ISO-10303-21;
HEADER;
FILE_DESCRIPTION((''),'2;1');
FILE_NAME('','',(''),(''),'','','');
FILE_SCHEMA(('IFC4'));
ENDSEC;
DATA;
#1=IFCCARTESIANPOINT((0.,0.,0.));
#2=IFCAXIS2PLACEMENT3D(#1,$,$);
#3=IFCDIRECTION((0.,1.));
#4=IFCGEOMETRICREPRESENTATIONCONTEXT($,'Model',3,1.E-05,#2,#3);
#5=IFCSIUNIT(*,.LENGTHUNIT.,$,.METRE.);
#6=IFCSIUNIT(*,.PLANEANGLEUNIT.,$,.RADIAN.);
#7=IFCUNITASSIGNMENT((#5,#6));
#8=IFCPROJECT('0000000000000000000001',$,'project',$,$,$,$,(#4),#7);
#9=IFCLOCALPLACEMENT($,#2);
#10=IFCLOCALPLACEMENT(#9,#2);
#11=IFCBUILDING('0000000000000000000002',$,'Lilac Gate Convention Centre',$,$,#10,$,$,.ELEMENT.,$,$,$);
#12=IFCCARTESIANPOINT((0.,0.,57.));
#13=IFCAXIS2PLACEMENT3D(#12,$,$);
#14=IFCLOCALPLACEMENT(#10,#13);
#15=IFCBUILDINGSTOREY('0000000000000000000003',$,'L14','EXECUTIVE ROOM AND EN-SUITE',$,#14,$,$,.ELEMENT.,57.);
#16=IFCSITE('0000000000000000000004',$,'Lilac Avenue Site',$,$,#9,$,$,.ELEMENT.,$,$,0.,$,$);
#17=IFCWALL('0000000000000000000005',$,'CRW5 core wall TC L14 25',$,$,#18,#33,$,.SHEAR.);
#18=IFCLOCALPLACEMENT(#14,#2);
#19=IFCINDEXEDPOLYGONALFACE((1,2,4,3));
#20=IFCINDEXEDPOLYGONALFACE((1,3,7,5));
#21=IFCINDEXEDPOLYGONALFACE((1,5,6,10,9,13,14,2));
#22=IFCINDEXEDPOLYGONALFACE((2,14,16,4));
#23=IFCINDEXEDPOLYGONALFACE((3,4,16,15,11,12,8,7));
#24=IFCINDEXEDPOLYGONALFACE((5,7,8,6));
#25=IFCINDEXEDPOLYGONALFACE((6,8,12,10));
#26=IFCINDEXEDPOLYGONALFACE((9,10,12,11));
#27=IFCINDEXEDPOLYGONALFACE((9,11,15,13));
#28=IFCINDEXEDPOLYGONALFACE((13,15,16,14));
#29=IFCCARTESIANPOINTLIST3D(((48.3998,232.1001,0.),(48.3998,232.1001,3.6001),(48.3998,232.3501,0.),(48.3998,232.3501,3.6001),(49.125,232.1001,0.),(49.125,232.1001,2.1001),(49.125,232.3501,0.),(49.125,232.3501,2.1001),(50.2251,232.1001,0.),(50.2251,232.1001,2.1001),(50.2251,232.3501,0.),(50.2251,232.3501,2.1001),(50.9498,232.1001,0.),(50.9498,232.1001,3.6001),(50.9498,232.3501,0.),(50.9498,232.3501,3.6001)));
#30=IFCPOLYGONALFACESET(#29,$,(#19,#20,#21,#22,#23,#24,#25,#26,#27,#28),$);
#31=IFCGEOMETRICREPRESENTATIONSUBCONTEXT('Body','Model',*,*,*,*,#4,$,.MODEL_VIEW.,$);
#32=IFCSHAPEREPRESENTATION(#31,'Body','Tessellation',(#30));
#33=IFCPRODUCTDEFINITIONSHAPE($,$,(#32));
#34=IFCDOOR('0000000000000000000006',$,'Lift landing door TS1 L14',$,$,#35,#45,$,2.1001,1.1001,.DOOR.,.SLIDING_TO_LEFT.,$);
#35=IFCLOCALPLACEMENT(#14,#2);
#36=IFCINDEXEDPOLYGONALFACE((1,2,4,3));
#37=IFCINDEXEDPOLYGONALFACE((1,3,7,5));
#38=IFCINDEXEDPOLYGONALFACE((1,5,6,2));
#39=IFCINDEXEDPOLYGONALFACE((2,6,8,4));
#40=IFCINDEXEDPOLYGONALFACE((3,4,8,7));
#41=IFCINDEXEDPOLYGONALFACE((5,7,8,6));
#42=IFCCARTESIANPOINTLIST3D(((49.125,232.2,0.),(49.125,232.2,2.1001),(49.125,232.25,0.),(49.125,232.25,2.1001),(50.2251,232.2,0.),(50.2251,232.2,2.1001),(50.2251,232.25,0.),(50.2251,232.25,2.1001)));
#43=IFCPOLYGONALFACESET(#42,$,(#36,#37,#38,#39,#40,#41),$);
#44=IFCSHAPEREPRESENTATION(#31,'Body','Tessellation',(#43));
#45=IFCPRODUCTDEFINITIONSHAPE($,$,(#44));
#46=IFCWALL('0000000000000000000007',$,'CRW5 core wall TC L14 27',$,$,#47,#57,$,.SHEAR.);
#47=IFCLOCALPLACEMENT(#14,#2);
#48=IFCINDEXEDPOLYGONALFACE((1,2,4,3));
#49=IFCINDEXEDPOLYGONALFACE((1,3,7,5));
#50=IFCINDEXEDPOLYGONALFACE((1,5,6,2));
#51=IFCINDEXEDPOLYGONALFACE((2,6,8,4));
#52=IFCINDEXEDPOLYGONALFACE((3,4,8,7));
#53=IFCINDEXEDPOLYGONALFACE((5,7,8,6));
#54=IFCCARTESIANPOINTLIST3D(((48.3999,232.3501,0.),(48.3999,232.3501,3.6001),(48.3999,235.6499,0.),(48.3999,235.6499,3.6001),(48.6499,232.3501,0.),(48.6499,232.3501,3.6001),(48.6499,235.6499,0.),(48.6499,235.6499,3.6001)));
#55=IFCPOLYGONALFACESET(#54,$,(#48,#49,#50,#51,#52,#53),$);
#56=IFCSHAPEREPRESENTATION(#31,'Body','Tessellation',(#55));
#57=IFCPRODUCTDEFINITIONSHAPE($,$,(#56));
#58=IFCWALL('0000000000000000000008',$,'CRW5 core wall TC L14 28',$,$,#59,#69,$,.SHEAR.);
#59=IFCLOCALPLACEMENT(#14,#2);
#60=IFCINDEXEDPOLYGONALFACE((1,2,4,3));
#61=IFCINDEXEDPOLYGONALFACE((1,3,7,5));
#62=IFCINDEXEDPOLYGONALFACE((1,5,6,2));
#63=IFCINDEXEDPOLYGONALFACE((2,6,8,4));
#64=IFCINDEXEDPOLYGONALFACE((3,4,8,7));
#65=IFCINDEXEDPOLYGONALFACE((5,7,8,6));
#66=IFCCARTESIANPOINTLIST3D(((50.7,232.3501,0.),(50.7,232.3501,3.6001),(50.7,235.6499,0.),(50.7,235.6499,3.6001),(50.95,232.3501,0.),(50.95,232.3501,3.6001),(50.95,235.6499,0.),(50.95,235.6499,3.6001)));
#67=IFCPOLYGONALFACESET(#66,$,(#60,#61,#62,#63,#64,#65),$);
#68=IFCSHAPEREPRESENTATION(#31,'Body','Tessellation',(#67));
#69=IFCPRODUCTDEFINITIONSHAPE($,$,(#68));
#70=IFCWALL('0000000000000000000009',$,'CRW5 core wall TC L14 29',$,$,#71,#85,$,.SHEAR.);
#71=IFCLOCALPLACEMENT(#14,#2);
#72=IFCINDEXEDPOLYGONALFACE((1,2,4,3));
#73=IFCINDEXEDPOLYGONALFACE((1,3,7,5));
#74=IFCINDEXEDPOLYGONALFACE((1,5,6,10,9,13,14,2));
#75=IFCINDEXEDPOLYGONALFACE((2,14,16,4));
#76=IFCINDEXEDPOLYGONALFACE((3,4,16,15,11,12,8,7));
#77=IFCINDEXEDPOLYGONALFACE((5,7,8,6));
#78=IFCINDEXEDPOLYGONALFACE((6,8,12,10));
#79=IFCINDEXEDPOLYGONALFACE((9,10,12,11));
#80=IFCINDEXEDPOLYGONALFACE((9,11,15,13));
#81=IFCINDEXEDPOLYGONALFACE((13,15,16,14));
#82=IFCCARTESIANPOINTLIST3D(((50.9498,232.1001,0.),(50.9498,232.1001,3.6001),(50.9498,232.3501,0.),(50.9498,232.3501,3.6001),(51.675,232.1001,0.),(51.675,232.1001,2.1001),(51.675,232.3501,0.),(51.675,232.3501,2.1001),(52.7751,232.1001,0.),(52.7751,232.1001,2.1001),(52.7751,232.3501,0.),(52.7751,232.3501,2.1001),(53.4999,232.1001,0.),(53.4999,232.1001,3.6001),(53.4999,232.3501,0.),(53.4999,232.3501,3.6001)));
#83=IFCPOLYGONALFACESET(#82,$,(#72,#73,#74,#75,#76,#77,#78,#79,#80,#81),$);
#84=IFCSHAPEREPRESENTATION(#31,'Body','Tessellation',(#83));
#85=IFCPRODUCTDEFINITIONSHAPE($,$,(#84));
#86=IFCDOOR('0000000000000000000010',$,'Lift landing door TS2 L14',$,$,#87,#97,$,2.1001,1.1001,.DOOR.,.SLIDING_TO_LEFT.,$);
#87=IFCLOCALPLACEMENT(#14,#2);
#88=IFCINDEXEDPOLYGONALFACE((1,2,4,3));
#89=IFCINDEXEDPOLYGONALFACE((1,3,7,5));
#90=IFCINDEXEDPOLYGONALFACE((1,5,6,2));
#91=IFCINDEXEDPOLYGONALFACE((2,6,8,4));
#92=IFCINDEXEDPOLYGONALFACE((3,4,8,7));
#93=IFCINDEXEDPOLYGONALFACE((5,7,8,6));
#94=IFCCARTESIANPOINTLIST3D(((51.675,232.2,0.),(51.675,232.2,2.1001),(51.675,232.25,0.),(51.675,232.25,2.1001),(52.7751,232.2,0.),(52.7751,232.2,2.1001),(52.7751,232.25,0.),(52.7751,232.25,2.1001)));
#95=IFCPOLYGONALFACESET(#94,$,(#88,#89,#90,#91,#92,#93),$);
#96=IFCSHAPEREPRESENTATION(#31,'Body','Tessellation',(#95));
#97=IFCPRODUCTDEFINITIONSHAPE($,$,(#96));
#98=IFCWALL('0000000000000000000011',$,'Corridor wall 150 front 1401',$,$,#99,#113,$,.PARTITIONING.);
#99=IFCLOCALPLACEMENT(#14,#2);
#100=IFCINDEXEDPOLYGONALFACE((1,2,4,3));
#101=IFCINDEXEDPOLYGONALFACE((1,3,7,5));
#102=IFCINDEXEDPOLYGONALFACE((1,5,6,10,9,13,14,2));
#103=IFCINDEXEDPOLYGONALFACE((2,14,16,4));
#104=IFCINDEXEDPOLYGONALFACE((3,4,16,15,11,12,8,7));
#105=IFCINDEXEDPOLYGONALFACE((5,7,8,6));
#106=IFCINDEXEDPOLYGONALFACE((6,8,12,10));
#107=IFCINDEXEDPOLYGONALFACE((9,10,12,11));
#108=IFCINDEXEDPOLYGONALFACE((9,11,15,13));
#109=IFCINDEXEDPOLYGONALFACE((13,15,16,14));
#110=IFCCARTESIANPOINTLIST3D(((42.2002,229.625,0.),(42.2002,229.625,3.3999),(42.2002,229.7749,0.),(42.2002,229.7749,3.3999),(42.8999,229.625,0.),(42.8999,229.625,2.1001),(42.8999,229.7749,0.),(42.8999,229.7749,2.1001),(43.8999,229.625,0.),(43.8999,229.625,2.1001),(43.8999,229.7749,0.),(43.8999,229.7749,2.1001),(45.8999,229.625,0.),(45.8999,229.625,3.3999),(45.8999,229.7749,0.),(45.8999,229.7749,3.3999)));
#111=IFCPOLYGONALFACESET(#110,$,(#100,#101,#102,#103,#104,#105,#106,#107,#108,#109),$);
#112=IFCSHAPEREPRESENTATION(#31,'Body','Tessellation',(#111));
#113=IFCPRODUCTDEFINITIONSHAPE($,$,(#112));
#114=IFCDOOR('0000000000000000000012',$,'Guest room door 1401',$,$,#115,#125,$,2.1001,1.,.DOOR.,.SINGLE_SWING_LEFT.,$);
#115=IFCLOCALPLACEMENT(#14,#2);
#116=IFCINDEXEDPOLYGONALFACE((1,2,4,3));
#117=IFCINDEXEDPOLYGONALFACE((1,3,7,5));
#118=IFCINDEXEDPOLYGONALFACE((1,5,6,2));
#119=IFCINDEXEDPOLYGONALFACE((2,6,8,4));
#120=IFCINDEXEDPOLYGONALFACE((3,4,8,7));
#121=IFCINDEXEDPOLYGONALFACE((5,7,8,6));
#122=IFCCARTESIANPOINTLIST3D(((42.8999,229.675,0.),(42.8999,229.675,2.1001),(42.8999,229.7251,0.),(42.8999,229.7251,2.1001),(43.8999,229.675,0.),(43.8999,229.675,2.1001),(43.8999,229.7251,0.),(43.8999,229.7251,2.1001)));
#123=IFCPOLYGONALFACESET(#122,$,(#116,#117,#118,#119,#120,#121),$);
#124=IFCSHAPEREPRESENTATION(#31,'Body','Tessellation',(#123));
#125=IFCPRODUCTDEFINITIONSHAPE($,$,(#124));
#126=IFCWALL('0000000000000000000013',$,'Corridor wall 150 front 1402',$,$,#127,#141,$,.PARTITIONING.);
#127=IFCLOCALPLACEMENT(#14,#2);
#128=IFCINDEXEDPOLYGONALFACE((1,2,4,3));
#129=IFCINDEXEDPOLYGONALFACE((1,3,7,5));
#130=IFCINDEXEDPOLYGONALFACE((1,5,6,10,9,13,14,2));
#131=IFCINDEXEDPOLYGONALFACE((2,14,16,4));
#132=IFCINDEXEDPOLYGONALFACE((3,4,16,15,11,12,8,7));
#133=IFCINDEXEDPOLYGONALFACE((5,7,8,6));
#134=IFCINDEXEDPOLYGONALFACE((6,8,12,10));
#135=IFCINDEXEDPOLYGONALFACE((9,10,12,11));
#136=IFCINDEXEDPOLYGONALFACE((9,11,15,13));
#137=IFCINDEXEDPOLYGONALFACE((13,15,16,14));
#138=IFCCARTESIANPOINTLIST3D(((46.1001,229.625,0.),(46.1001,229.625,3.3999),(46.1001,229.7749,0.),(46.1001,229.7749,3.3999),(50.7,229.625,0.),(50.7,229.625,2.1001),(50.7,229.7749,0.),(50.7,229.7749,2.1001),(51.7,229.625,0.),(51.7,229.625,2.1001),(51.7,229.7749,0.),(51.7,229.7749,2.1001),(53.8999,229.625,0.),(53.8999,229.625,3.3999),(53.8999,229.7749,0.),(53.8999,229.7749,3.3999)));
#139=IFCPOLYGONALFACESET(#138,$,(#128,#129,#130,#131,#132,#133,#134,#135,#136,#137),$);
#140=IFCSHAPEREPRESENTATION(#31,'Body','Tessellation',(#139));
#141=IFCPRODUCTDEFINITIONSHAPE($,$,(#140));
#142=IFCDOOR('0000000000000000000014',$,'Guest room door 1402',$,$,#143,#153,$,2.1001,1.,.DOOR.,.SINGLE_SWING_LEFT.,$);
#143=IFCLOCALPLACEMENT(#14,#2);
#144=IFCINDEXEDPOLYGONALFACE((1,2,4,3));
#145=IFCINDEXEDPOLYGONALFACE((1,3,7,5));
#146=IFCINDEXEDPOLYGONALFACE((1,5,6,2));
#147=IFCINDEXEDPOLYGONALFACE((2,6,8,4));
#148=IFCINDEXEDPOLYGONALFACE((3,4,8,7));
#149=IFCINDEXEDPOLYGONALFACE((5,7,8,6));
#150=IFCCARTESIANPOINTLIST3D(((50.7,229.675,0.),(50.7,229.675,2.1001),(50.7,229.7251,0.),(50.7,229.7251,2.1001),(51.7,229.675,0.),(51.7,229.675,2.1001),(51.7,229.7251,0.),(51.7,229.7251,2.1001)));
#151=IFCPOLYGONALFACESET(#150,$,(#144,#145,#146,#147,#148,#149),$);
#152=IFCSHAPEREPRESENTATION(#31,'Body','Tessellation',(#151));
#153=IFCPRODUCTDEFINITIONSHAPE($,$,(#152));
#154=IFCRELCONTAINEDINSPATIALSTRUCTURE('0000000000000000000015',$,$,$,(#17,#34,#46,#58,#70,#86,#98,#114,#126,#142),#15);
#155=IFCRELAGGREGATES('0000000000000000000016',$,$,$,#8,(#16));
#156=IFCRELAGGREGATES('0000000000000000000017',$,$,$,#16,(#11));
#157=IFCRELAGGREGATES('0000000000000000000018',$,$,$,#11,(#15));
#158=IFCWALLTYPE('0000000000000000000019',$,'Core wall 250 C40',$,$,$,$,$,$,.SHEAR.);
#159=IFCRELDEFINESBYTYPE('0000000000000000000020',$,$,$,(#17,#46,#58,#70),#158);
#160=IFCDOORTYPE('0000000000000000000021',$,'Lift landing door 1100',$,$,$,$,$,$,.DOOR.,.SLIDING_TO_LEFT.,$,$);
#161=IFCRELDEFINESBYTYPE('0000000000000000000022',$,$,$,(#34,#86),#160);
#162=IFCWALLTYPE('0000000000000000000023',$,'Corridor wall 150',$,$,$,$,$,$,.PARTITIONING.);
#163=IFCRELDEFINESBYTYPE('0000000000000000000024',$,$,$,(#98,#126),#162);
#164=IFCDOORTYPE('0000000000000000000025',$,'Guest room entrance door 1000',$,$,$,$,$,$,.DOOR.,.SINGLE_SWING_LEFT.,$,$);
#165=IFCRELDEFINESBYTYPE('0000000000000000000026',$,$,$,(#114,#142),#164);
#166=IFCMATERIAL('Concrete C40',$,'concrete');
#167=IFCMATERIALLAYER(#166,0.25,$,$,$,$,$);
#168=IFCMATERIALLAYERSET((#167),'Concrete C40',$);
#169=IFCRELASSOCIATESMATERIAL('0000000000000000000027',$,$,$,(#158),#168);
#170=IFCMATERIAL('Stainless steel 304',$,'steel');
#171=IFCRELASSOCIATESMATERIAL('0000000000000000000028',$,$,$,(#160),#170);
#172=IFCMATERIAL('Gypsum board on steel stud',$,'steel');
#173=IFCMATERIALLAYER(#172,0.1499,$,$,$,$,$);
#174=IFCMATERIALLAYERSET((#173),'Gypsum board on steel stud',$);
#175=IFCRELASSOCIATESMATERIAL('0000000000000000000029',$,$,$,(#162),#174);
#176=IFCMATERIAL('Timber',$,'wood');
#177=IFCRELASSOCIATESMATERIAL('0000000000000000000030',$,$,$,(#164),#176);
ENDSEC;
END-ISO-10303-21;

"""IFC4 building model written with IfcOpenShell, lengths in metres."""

from ifc_helpers import new_model, si_unit, direction, frame, frame_2d, origin, place, context, subcontext, project, spatial, rectangle, extrude, material, layer, layer_set, type_object, element, fill, save


model = new_model("IFC4")

# Units and contexts
model_context = context("Model", 3, precision=1e-05, world=origin(), true_north=direction((0.0, 1.0)))
body_context = subcontext(model_context, "Body", "Model", "MODEL_VIEW")
ifc_project = project(units=[si_unit("LENGTHUNIT", "METRE"), si_unit("PLANEANGLEUNIT", "RADIAN")], contexts=[model_context])

# Site, building, storey
site_placement = place(None, origin())
site = spatial("IfcSite", under=ifc_project, at=site_placement, Name="Lilac Avenue Site", CompositionType="ELEMENT", RefElevation=0.0)
building_placement = place(site_placement, origin())
building = spatial("IfcBuilding", under=site, at=building_placement, Name="Lilac Gate Convention Centre", CompositionType="ELEMENT")
storey_placement = place(building_placement, frame((0.0, 0.0, 57.0)))
storey = spatial("IfcBuildingStorey", under=building, at=storey_placement, Name="L14", Description="EXECUTIVE ROOM AND EN-SUITE", CompositionType="ELEMENT", Elevation=57.0)

# Shared definitions
ifc_material_1 = material(Name="Concrete C40", Category="concrete")
ifc_layer_1 = layer(ifc_material_1, 0.25)
ifc_layer_set_1 = layer_set([ifc_layer_1], Name="Concrete C40")
wall_type_1 = type_object("IfcWallType", Name="Core wall 250 C40", PredefinedType="SHEAR", material=ifc_layer_set_1)
ifc_material_2 = material(Name="Stainless steel 304", Category="steel")
door_type_1 = type_object("IfcDoorType", Name="Lift landing door 1100", OperationType="SLIDING_TO_LEFT", PredefinedType="DOOR", material=ifc_material_2)

# Wall, opening, door
wall_1_placement = place(storey_placement, frame((48.3999, 232.2251, 0.0), z_axis=(0.0, 0.0, 1.0), x_axis=(1.0, 0.0, 0.0)))
wall_1 = element("IfcWall", 1, at=wall_1_placement, inside=storey, type_object=wall_type_1, Name="CRW5 core wall TC L14 25", PredefinedType="SHEAR", context=body_context, shape_type="SweptSolid", body=[
    extrude(rectangle(XDim=2.55, YDim=0.25, at=frame_2d((1.2749, 0.0))), origin(), (0.0, 0.0, 1.0), 3.6001),
])
opening_1_placement = place(wall_1_placement, frame((0.7251, 0.0, 0.0)))
opening_1 = element("IfcOpeningElement", 2, at=opening_1_placement, cuts=wall_1, PredefinedType="OPENING", context=body_context, shape_type="SweptSolid", body=[
    extrude(rectangle(XDim=1.1001, YDim=2.1001, at=frame_2d((0.55, 1.05))), frame((0.0, 0.135, 0.0), z_axis=(0.0, -1.0, 0.0), x_axis=(1.0, 0.0, 0.0)), (0.0, 0.0, 1.0), 0.27),
])
door_1_placement = place(opening_1_placement, origin())
door_1 = element("IfcDoor", 3, at=door_1_placement, inside=storey, type_object=door_type_1, Name="Lift landing door TS1 L14", OperationType="SLIDING_TO_LEFT", OverallHeight=2.1001, OverallWidth=1.1001, PredefinedType="DOOR", context=body_context, shape_type="SweptSolid", body=[
    extrude(rectangle(XDim=1.1001, YDim=2.1001, at=frame_2d((0.55, 1.05))), frame((0.0, 0.0249, 0.0), z_axis=(0.0, -1.0, 0.0), x_axis=(1.0, 0.0, 0.0)), (0.0, 0.0, 1.0), 0.05),
])
fill(opening_1, door_1)

# Walls
for number, where, z_axis, x_axis, name in (
    (4, (48.5249, 232.3501, 0.0), (0.0, 0.0, 1.0), (0.0, 1.0, 0.0), "CRW5 core wall TC L14 27"),
    (5, (50.825, 232.3501, 0.0), (0.0, 0.0, 1.0), (0.0, 1.0, 0.0), "CRW5 core wall TC L14 28"),
):
    element("IfcWall", number, at=place(storey_placement, frame(where, z_axis=z_axis, x_axis=x_axis)), inside=storey, type_object=wall_type_1, Name=name, PredefinedType="SHEAR", context=body_context, shape_type="SweptSolid", body=[
        extrude(rectangle(XDim=3.2998, YDim=0.25, at=frame_2d((1.6499, 0.0))), origin(), (0.0, 0.0, 1.0), 3.6001),
    ])

# Walls, openings, doors
wall_2_placement = place(storey_placement, frame((50.95, 232.2251, 0.0), z_axis=(0.0, 0.0, 1.0), x_axis=(1.0, 0.0, 0.0)))
wall_2 = element("IfcWall", 6, at=wall_2_placement, inside=storey, type_object=wall_type_1, Name="CRW5 core wall TC L14 29", PredefinedType="SHEAR", context=body_context, shape_type="SweptSolid", body=[
    extrude(rectangle(XDim=2.55, YDim=0.25, at=frame_2d((1.2749, 0.0))), origin(), (0.0, 0.0, 1.0), 3.6001),
])
opening_2_placement = place(wall_2_placement, frame((0.7251, 0.0, 0.0)))
opening_2 = element("IfcOpeningElement", 7, at=opening_2_placement, cuts=wall_2, PredefinedType="OPENING", context=body_context, shape_type="SweptSolid", body=[
    extrude(rectangle(XDim=1.1001, YDim=2.1001, at=frame_2d((0.55, 1.05))), frame((0.0, 0.135, 0.0), z_axis=(0.0, -1.0, 0.0), x_axis=(1.0, 0.0, 0.0)), (0.0, 0.0, 1.0), 0.27),
])
door_2_placement = place(opening_2_placement, origin())
door_2 = element("IfcDoor", 8, at=door_2_placement, inside=storey, type_object=door_type_1, Name="Lift landing door TS2 L14", OperationType="SLIDING_TO_LEFT", OverallHeight=2.1001, OverallWidth=1.1001, PredefinedType="DOOR", context=body_context, shape_type="SweptSolid", body=[
    extrude(rectangle(XDim=1.1001, YDim=2.1001, at=frame_2d((0.55, 1.05))), frame((0.0, 0.0249, 0.0), z_axis=(0.0, -1.0, 0.0), x_axis=(1.0, 0.0, 0.0)), (0.0, 0.0, 1.0), 0.05),
])
fill(opening_2, door_2)
ifc_material_3 = material(Name="Gypsum board on steel stud", Category="steel")
ifc_layer_2 = layer(ifc_material_3, 0.1499)
ifc_layer_set_2 = layer_set([ifc_layer_2], Name="Gypsum board on steel stud")
wall_type_2 = type_object("IfcWallType", Name="Corridor wall 150", PredefinedType="PARTITIONING", material=ifc_layer_set_2)
wall_3_placement = place(storey_placement, frame((45.8999, 229.7, 0.0), z_axis=(0.0, 0.0, 1.0), x_axis=(-1.0, 0.0, 0.0)))
wall_3 = element("IfcWall", 9, at=wall_3_placement, inside=storey, type_object=wall_type_2, Name="Corridor wall 150 front 1401", PredefinedType="PARTITIONING", context=body_context, shape_type="SweptSolid", body=[
    extrude(rectangle(XDim=3.6997, YDim=0.1499, at=frame_2d((1.8499, 0.0))), origin(), (0.0, 0.0, 1.0), 3.3999),
])
opening_3_placement = place(wall_3_placement, frame((2.0, 0.0, 0.0)))
opening_3 = element("IfcOpeningElement", 10, at=opening_3_placement, cuts=wall_3, PredefinedType="OPENING", context=body_context, shape_type="SweptSolid", body=[
    extrude(rectangle(XDim=1.0, YDim=2.1001, at=frame_2d((0.5, 1.05))), frame((0.0, 0.085, 0.0), z_axis=(0.0, -1.0, 0.0), x_axis=(1.0, 0.0, 0.0)), (0.0, 0.0, 1.0), 0.1699),
])
ifc_material_4 = material(Name="Timber", Category="wood")
door_type_2 = type_object("IfcDoorType", Name="Guest room entrance door 1000", OperationType="SINGLE_SWING_LEFT", PredefinedType="DOOR", material=ifc_material_4)
door_3_placement = place(opening_3_placement, origin())
door_3 = element("IfcDoor", 11, at=door_3_placement, inside=storey, type_object=door_type_2, Name="Guest room door 1401", OperationType="SINGLE_SWING_LEFT", OverallHeight=2.1001, OverallWidth=1.0, PredefinedType="DOOR", context=body_context, shape_type="SweptSolid", body=[
    extrude(rectangle(XDim=1.0, YDim=2.1001, at=frame_2d((0.5, 1.05))), frame((0.0, 0.0249, 0.0), z_axis=(0.0, -1.0, 0.0), x_axis=(1.0, 0.0, 0.0)), (0.0, 0.0, 1.0), 0.05),
])
fill(opening_3, door_3)
wall_4_placement = place(storey_placement, frame((53.8999, 229.7, 0.0), z_axis=(0.0, 0.0, 1.0), x_axis=(-1.0, 0.0, 0.0)))
wall_4 = element("IfcWall", 12, at=wall_4_placement, inside=storey, type_object=wall_type_2, Name="Corridor wall 150 front 1402", PredefinedType="PARTITIONING", context=body_context, shape_type="SweptSolid", body=[
    extrude(rectangle(XDim=7.7998, YDim=0.1499, at=frame_2d((3.8999, 0.0))), origin(), (0.0, 0.0, 1.0), 3.3999),
])
opening_4_placement = place(wall_4_placement, frame((2.2, 0.0, 0.0)))
opening_4 = element("IfcOpeningElement", 13, at=opening_4_placement, cuts=wall_4, PredefinedType="OPENING", context=body_context, shape_type="SweptSolid", body=[
    extrude(rectangle(XDim=1.0, YDim=2.1001, at=frame_2d((0.5, 1.05))), frame((0.0, 0.085, 0.0), z_axis=(0.0, -1.0, 0.0), x_axis=(1.0, 0.0, 0.0)), (0.0, 0.0, 1.0), 0.1699),
])
door_4_placement = place(opening_4_placement, origin())
door_4 = element("IfcDoor", 14, at=door_4_placement, inside=storey, type_object=door_type_2, Name="Guest room door 1402", OperationType="SINGLE_SWING_LEFT", OverallHeight=2.1001, OverallWidth=1.0, PredefinedType="DOOR", context=body_context, shape_type="SweptSolid", body=[
    extrude(rectangle(XDim=1.0, YDim=2.1001, at=frame_2d((0.5, 1.05))), frame((0.0, 0.0249, 0.0), z_axis=(0.0, -1.0, 0.0), x_axis=(1.0, 0.0, 0.0)), (0.0, 0.0, 1.0), 0.05),
])
fill(opening_4, door_4)

save(model, "model.ifc")
